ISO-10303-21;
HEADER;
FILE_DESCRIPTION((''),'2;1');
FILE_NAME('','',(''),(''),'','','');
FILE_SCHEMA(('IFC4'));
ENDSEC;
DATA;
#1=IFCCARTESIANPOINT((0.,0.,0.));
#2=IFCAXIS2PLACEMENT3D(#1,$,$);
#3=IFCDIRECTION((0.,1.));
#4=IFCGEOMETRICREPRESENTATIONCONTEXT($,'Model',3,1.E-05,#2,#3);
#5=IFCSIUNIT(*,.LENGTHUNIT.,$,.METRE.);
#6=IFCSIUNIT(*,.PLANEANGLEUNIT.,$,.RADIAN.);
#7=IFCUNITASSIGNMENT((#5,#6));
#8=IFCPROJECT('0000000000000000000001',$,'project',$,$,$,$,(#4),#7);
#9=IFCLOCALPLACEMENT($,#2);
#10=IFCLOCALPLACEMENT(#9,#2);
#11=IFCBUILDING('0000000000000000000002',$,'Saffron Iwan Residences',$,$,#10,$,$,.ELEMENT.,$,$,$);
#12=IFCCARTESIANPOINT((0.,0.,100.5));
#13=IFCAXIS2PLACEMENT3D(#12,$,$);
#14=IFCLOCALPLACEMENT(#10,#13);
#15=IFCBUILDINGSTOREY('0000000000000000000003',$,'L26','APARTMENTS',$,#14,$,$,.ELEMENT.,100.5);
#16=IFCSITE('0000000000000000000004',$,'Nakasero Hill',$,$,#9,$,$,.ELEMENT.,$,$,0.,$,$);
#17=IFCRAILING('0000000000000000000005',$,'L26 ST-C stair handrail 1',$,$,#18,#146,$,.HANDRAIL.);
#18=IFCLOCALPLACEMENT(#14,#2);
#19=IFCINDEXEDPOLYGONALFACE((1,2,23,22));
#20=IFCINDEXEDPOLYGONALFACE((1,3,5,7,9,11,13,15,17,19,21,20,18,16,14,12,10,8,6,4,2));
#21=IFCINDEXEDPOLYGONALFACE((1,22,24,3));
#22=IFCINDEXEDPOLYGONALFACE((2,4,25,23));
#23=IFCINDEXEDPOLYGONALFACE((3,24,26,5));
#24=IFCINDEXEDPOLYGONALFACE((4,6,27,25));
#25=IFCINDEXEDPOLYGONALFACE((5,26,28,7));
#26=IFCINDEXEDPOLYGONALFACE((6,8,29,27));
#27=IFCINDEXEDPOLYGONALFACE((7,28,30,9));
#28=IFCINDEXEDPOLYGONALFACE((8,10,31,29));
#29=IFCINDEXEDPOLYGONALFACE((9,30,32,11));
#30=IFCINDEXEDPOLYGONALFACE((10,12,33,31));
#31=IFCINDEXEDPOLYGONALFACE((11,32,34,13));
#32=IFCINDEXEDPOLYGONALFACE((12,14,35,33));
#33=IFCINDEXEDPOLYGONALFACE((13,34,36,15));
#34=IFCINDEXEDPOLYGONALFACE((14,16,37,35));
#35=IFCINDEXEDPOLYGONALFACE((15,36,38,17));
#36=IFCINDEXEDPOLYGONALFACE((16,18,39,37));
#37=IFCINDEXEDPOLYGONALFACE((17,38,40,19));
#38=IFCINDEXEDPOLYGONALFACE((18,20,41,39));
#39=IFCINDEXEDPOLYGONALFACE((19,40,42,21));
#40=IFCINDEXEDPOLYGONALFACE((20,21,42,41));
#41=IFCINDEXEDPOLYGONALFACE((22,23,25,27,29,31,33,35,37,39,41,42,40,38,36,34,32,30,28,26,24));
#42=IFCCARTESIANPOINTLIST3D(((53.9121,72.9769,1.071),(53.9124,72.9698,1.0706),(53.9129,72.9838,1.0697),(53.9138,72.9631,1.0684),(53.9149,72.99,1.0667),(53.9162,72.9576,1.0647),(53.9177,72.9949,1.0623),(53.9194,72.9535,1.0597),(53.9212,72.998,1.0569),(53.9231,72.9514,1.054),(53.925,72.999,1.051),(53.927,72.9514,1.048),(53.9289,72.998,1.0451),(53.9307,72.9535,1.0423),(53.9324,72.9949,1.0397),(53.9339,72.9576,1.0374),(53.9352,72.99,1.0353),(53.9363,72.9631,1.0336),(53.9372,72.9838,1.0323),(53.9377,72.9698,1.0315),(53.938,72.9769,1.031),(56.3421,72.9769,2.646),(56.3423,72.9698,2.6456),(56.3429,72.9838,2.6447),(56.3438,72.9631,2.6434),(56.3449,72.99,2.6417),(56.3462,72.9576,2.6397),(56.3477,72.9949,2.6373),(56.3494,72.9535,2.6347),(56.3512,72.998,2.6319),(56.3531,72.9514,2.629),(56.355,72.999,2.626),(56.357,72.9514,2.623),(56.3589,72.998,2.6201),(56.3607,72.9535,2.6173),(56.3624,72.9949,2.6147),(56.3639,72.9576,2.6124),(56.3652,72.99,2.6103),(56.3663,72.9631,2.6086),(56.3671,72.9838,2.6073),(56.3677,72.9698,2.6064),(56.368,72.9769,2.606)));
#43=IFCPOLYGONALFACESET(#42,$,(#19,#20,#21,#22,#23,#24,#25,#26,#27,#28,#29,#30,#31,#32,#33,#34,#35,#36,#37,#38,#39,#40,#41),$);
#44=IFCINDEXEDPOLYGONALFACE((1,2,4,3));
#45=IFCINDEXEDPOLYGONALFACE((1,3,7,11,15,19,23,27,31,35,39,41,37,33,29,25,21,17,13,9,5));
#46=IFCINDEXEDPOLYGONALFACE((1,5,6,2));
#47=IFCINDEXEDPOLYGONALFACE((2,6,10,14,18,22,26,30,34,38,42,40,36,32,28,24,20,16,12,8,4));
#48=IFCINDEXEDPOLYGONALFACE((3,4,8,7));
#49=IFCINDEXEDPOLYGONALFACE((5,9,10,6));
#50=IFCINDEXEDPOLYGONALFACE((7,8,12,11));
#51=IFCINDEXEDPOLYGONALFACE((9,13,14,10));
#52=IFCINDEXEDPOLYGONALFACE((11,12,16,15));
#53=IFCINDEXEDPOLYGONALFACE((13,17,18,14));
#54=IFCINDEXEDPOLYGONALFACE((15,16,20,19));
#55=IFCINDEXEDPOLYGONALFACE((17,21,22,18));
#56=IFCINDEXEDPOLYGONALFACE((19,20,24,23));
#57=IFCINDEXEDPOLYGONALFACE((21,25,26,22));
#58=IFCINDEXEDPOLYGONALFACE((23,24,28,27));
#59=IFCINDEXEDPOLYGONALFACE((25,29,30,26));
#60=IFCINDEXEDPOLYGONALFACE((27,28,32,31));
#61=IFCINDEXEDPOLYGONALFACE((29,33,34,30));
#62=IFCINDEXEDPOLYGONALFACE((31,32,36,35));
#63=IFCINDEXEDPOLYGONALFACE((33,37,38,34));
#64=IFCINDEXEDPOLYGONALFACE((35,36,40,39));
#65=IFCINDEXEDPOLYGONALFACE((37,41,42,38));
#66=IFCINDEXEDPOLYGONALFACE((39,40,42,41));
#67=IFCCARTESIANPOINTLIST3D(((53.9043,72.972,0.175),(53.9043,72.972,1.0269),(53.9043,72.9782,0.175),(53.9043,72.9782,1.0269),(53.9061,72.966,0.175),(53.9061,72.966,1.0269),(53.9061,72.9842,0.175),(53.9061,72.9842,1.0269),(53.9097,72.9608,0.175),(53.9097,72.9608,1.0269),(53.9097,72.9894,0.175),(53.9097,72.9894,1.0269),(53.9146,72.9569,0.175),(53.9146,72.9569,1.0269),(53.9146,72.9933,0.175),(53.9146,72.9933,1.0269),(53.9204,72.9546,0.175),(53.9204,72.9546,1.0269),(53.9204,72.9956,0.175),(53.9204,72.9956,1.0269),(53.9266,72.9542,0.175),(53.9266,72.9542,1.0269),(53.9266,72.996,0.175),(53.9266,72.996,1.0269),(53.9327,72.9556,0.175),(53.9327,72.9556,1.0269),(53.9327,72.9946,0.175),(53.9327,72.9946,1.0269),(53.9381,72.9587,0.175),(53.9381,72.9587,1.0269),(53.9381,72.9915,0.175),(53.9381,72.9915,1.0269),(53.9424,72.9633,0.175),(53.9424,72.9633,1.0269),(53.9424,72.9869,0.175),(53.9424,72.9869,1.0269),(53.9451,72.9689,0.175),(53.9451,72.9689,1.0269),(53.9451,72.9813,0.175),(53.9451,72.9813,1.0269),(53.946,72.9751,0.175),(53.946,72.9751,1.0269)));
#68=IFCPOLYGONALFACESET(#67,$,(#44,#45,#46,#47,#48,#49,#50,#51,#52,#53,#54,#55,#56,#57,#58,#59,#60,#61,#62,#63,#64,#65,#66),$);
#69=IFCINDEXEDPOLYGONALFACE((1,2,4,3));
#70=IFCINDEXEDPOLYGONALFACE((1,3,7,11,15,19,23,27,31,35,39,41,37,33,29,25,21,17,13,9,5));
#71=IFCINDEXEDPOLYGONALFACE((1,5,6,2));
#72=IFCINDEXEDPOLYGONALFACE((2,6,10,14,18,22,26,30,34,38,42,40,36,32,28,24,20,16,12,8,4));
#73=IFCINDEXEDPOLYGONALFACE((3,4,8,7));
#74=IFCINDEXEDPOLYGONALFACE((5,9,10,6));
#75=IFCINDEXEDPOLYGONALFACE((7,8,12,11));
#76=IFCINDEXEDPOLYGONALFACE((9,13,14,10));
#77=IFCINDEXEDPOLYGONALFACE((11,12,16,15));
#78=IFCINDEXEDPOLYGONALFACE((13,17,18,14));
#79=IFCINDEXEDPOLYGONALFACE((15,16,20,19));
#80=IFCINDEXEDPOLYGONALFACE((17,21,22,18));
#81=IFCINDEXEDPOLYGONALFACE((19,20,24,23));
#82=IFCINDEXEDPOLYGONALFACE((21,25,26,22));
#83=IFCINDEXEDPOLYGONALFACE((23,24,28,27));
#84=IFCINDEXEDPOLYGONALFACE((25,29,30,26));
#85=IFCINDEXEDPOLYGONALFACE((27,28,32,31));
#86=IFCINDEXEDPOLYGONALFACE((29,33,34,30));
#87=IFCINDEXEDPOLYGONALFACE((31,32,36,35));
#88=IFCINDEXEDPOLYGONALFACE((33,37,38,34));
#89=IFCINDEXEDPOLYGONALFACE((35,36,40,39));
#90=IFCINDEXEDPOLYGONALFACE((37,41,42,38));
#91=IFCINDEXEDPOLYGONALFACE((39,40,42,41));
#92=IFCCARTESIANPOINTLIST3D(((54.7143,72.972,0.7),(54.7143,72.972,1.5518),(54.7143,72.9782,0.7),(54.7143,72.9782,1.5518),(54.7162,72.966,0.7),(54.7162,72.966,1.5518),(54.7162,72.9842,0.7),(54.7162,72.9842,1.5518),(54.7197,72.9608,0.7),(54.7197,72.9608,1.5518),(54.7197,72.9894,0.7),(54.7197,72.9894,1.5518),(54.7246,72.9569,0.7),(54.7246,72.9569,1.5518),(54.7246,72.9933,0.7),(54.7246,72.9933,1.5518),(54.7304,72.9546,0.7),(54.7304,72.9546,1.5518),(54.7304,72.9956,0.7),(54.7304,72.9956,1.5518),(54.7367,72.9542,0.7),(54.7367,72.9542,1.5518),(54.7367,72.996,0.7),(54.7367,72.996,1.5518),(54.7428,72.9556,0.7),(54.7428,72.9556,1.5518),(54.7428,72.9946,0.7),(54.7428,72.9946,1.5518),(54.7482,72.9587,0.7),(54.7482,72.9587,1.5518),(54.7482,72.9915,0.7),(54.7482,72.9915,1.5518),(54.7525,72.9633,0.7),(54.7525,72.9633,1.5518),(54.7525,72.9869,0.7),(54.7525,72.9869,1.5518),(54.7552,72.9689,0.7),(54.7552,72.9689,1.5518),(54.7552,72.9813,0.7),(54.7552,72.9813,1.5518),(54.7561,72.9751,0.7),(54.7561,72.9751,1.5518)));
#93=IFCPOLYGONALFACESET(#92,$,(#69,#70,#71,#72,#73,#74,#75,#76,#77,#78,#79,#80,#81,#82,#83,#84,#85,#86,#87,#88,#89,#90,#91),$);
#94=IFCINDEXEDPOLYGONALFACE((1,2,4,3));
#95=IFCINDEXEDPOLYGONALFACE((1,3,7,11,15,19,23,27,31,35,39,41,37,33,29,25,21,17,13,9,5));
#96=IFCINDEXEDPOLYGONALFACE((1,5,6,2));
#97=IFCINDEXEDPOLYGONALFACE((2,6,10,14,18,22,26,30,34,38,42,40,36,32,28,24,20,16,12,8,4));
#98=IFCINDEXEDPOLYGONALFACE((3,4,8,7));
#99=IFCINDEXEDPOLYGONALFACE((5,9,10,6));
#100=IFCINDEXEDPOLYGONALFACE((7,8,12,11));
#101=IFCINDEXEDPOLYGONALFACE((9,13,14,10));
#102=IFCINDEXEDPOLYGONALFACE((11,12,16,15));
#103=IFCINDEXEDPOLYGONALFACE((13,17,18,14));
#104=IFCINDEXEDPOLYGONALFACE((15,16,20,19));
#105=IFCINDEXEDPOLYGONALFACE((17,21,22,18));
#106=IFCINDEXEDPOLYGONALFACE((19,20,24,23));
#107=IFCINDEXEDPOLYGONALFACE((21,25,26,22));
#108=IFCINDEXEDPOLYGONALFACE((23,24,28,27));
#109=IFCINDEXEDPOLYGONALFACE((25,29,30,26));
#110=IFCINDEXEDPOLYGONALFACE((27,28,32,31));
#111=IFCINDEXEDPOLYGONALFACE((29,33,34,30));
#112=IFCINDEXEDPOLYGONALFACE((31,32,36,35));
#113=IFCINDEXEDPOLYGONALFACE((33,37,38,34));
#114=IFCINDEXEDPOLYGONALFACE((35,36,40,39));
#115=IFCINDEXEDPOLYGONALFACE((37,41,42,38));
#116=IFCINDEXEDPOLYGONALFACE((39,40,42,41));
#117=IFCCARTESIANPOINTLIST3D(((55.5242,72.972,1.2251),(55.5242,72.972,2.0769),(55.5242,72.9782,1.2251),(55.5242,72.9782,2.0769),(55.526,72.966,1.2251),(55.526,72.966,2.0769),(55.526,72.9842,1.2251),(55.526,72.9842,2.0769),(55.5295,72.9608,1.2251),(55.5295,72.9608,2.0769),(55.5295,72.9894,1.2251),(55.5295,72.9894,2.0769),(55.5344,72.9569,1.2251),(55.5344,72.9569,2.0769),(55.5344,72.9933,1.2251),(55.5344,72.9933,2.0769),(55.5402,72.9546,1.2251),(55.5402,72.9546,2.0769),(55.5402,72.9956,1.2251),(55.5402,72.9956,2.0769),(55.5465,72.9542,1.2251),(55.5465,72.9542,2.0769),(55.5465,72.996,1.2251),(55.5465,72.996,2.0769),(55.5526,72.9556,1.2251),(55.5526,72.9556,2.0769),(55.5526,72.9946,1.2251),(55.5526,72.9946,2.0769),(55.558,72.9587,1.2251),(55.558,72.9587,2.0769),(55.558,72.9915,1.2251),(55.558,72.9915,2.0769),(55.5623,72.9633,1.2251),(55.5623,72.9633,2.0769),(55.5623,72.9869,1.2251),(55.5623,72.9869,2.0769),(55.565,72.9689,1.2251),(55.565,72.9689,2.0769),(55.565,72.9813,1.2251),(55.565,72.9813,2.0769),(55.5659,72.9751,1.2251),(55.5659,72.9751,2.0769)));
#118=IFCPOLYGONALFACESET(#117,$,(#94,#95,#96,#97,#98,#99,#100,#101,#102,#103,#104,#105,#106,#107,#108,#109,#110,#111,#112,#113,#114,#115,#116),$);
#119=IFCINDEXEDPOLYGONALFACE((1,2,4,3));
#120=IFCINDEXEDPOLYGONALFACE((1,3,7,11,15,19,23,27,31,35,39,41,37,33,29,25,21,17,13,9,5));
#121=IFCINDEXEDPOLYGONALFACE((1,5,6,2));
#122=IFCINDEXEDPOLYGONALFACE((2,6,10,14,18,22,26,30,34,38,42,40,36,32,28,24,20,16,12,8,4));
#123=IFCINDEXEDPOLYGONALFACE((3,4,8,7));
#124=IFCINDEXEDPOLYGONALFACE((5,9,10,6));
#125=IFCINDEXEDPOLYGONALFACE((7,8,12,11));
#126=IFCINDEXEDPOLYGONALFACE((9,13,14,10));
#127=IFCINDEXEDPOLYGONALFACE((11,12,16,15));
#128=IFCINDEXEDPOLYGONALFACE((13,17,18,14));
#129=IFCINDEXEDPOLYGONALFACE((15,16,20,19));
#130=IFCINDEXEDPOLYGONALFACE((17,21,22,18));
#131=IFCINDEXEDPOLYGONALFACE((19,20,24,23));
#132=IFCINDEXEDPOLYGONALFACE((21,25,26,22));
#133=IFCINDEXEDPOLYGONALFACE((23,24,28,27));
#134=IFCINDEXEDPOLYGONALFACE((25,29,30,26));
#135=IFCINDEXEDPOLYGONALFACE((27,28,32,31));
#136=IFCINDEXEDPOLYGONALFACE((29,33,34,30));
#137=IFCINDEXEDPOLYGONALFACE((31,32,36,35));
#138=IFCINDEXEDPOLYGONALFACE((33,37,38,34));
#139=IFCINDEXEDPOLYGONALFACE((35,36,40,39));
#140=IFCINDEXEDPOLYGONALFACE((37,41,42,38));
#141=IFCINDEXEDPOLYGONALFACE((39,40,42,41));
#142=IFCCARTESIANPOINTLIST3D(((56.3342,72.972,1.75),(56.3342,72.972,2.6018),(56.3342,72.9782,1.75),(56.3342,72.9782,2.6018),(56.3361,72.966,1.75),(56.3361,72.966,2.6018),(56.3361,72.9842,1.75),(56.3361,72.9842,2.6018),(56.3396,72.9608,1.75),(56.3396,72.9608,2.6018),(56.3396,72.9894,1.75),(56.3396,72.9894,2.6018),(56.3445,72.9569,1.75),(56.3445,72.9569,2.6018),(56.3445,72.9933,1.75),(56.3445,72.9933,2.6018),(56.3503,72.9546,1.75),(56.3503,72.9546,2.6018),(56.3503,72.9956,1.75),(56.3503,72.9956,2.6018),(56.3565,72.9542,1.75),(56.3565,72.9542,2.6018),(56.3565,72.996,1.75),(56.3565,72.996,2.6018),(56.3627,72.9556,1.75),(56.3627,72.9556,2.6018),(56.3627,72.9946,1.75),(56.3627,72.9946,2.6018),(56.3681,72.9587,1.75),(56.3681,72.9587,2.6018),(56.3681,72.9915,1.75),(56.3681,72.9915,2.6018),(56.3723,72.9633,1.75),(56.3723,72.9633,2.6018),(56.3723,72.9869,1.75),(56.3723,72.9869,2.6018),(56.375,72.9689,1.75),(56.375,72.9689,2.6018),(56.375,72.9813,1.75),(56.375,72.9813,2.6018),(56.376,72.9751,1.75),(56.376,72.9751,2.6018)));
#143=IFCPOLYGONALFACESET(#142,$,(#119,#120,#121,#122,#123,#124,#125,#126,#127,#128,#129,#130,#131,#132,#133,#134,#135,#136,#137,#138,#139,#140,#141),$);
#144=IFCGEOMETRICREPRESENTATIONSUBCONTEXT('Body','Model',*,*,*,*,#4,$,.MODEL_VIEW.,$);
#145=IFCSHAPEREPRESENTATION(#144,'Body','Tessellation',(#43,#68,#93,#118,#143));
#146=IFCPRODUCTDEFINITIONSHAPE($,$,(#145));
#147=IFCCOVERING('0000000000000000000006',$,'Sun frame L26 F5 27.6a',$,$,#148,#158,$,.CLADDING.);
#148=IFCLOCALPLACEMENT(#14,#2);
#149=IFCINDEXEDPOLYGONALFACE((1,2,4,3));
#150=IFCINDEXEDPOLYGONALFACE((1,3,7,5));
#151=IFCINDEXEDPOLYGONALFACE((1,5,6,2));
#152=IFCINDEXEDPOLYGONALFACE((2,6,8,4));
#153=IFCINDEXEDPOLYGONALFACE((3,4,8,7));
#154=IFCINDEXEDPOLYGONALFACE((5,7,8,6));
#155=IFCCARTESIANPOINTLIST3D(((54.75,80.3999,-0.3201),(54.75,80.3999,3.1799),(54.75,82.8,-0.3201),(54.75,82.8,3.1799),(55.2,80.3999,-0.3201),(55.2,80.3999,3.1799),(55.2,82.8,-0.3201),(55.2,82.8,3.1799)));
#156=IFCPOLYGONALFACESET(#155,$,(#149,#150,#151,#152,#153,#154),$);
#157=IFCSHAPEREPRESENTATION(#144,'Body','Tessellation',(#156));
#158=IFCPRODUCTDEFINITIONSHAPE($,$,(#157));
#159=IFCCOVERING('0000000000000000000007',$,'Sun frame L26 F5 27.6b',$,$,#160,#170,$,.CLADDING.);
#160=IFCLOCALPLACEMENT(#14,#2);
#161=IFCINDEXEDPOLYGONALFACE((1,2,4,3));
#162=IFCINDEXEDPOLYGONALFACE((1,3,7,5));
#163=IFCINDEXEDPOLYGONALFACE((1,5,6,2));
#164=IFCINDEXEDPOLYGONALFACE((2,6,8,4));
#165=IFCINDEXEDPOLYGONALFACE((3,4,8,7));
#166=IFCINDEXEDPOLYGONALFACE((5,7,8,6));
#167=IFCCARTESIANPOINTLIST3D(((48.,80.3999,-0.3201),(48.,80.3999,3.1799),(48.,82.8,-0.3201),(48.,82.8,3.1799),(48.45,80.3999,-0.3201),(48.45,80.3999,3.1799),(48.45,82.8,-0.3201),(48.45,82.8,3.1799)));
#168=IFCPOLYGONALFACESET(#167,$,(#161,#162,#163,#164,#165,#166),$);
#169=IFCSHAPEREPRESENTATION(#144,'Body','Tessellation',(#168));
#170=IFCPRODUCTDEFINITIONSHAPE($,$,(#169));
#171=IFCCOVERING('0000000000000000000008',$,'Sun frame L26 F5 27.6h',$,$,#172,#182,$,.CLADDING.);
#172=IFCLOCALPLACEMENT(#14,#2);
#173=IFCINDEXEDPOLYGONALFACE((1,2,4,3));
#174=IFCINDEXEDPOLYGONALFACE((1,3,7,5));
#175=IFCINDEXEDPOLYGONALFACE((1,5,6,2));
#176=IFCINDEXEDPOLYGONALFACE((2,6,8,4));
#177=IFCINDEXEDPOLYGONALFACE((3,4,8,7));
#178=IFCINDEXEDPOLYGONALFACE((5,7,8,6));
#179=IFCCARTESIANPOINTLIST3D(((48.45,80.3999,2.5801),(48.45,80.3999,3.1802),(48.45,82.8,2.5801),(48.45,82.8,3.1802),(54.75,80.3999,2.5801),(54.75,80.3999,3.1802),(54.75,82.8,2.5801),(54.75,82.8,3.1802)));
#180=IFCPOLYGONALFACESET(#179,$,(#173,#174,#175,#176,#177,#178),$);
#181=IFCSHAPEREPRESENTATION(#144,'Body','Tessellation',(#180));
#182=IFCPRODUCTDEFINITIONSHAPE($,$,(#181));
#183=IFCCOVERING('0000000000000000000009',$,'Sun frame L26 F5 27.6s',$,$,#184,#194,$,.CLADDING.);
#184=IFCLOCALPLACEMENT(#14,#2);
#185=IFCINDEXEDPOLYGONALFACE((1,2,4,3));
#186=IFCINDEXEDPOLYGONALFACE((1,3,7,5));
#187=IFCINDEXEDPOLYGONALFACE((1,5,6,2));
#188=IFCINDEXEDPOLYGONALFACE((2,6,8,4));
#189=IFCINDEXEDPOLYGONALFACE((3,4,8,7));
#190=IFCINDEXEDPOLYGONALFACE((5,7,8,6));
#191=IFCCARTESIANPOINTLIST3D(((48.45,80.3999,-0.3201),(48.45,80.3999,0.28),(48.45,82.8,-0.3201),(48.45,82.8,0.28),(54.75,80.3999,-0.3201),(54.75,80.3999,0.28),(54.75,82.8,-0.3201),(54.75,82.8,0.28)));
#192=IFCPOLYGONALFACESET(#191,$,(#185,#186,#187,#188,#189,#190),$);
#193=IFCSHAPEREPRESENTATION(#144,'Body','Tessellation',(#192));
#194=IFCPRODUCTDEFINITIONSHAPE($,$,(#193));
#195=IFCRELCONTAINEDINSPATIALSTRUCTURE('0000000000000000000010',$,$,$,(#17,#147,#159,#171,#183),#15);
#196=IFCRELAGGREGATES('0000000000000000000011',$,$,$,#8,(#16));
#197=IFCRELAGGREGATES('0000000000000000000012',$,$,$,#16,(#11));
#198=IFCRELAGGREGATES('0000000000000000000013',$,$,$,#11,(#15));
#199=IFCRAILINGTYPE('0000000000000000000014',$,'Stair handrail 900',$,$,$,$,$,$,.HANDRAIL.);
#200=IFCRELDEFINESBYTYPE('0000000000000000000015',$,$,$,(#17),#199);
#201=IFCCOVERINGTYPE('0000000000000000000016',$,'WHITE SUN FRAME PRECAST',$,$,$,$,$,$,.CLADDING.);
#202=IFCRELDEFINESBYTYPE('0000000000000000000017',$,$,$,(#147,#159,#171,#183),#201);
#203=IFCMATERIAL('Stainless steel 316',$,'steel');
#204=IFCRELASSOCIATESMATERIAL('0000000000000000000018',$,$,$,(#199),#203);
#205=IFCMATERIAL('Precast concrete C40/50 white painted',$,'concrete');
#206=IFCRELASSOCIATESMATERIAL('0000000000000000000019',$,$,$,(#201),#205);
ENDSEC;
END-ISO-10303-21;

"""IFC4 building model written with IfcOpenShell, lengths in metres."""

from ifc_helpers import new_model, si_unit, direction, frame, origin, origin_2d, place, context, subcontext, project, spatial, polyline, circle, outline, extrude, material, type_object, element, save


model = new_model("IFC4")

# Units and contexts
model_context = context("Model", 3, precision=1e-05, world=origin(), true_north=direction((0.0, 1.0)))
body_context = subcontext(model_context, "Body", "Model", "MODEL_VIEW")
ifc_project = project(units=[si_unit("LENGTHUNIT", "METRE"), si_unit("PLANEANGLEUNIT", "RADIAN")], contexts=[model_context])

# Site, building, storey
site_placement = place(None, origin())
site = spatial("IfcSite", under=ifc_project, at=site_placement, Name="Nakasero Hill", CompositionType="ELEMENT", RefElevation=0.0)
building_placement = place(site_placement, origin())
building = spatial("IfcBuilding", under=site, at=building_placement, Name="Saffron Iwan Residences", CompositionType="ELEMENT")
storey_placement = place(building_placement, frame((0.0, 0.0, 100.5)))
storey = spatial("IfcBuildingStorey", under=building, at=storey_placement, Name="L26", Description="APARTMENTS", CompositionType="ELEMENT", Elevation=100.5)

# Railing
ifc_material_1 = material(Name="Stainless steel 316", Category="steel")
railing_type_1 = type_object("IfcRailingType", Name="Stair handrail 900", PredefinedType="HANDRAIL", material=ifc_material_1)
railing_1_placement = place(storey_placement, frame((53.925, 72.9751, 0.175)))
element("IfcRailing", 1, at=railing_1_placement, inside=storey, type_object=railing_type_1, Name="L26 ST-C stair handrail 1", PredefinedType="HANDRAIL", context=body_context, shape_type="SweptSolid", body=[
    extrude(circle(Radius=0.0239, at=origin_2d()), frame((0.0, 0.0, 0.876), z_axis=(0.839154, 0.0, 0.543894), x_axis=(0.0, 1.0, 0.0)), (0.0, 0.0, 1.0), 2.8958),
    extrude(circle(Radius=0.021, at=origin_2d()), origin(), (0.0, 0.0, 1.0), 0.8518),
    extrude(circle(Radius=0.021, at=origin_2d()), frame((0.8101, 0.0, 0.5249)), (0.0, 0.0, 1.0), 0.8518),
    extrude(circle(Radius=0.021, at=origin_2d()), frame((1.6199, 0.0, 1.05)), (0.0, 0.0, 1.0), 0.8518),
    extrude(circle(Radius=0.021, at=origin_2d()), frame((2.4299, 0.0, 1.575)), (0.0, 0.0, 1.0), 0.8518),
])

# Coverings
ifc_material_2 = material(Name="Precast concrete C40/50 white painted", Category="concrete")
covering_type_1 = type_object("IfcCoveringType", Name="WHITE SUN FRAME PRECAST", PredefinedType="CLADDING", material=ifc_material_2)
for number, where, z_axis, x_axis, name in (
    (2, (55.2, 80.3999, -0.3201), (0.0, 1.0, 0.0), (-1.0, 0.0, 0.0), "Sun frame L26 F5 27.6a"),
    (3, (48.45, 80.3999, -0.3201), (0.0, 1.0, 0.0), (-1.0, 0.0, 0.0), "Sun frame L26 F5 27.6b"),
):
    element("IfcCovering", number, at=place(storey_placement, frame(where, z_axis=z_axis, x_axis=x_axis)), inside=storey, type_object=covering_type_1, Name=name, PredefinedType="CLADDING", context=body_context, shape_type="SweptSolid", body=[
        extrude(outline(polyline([(0.0, 0.0), (0.45, 0.0), (0.45, 3.5), (0.0, 3.5), (0.0, 0.0)])), origin(), (0.0, 0.0, 1.0), 2.4001),
    ])
for number, where, z_axis, x_axis, name in (
    (4, (54.75, 80.3999, 2.5801), (0.0, 1.0, 0.0), (-1.0, 0.0, 0.0), "Sun frame L26 F5 27.6h"),
    (5, (54.75, 80.3999, -0.3201), (0.0, 1.0, 0.0), (-1.0, 0.0, 0.0), "Sun frame L26 F5 27.6s"),
):
    element("IfcCovering", number, at=place(storey_placement, frame(where, z_axis=z_axis, x_axis=x_axis)), inside=storey, type_object=covering_type_1, Name=name, PredefinedType="CLADDING", context=body_context, shape_type="SweptSolid", body=[
        extrude(outline(polyline([(0.0, 0.0), (6.3, 0.0), (6.3, 0.6001), (0.0, 0.6001), (0.0, 0.0)])), origin(), (0.0, 0.0, 1.0), 2.4001),
    ])

save(model, "model.ifc")
